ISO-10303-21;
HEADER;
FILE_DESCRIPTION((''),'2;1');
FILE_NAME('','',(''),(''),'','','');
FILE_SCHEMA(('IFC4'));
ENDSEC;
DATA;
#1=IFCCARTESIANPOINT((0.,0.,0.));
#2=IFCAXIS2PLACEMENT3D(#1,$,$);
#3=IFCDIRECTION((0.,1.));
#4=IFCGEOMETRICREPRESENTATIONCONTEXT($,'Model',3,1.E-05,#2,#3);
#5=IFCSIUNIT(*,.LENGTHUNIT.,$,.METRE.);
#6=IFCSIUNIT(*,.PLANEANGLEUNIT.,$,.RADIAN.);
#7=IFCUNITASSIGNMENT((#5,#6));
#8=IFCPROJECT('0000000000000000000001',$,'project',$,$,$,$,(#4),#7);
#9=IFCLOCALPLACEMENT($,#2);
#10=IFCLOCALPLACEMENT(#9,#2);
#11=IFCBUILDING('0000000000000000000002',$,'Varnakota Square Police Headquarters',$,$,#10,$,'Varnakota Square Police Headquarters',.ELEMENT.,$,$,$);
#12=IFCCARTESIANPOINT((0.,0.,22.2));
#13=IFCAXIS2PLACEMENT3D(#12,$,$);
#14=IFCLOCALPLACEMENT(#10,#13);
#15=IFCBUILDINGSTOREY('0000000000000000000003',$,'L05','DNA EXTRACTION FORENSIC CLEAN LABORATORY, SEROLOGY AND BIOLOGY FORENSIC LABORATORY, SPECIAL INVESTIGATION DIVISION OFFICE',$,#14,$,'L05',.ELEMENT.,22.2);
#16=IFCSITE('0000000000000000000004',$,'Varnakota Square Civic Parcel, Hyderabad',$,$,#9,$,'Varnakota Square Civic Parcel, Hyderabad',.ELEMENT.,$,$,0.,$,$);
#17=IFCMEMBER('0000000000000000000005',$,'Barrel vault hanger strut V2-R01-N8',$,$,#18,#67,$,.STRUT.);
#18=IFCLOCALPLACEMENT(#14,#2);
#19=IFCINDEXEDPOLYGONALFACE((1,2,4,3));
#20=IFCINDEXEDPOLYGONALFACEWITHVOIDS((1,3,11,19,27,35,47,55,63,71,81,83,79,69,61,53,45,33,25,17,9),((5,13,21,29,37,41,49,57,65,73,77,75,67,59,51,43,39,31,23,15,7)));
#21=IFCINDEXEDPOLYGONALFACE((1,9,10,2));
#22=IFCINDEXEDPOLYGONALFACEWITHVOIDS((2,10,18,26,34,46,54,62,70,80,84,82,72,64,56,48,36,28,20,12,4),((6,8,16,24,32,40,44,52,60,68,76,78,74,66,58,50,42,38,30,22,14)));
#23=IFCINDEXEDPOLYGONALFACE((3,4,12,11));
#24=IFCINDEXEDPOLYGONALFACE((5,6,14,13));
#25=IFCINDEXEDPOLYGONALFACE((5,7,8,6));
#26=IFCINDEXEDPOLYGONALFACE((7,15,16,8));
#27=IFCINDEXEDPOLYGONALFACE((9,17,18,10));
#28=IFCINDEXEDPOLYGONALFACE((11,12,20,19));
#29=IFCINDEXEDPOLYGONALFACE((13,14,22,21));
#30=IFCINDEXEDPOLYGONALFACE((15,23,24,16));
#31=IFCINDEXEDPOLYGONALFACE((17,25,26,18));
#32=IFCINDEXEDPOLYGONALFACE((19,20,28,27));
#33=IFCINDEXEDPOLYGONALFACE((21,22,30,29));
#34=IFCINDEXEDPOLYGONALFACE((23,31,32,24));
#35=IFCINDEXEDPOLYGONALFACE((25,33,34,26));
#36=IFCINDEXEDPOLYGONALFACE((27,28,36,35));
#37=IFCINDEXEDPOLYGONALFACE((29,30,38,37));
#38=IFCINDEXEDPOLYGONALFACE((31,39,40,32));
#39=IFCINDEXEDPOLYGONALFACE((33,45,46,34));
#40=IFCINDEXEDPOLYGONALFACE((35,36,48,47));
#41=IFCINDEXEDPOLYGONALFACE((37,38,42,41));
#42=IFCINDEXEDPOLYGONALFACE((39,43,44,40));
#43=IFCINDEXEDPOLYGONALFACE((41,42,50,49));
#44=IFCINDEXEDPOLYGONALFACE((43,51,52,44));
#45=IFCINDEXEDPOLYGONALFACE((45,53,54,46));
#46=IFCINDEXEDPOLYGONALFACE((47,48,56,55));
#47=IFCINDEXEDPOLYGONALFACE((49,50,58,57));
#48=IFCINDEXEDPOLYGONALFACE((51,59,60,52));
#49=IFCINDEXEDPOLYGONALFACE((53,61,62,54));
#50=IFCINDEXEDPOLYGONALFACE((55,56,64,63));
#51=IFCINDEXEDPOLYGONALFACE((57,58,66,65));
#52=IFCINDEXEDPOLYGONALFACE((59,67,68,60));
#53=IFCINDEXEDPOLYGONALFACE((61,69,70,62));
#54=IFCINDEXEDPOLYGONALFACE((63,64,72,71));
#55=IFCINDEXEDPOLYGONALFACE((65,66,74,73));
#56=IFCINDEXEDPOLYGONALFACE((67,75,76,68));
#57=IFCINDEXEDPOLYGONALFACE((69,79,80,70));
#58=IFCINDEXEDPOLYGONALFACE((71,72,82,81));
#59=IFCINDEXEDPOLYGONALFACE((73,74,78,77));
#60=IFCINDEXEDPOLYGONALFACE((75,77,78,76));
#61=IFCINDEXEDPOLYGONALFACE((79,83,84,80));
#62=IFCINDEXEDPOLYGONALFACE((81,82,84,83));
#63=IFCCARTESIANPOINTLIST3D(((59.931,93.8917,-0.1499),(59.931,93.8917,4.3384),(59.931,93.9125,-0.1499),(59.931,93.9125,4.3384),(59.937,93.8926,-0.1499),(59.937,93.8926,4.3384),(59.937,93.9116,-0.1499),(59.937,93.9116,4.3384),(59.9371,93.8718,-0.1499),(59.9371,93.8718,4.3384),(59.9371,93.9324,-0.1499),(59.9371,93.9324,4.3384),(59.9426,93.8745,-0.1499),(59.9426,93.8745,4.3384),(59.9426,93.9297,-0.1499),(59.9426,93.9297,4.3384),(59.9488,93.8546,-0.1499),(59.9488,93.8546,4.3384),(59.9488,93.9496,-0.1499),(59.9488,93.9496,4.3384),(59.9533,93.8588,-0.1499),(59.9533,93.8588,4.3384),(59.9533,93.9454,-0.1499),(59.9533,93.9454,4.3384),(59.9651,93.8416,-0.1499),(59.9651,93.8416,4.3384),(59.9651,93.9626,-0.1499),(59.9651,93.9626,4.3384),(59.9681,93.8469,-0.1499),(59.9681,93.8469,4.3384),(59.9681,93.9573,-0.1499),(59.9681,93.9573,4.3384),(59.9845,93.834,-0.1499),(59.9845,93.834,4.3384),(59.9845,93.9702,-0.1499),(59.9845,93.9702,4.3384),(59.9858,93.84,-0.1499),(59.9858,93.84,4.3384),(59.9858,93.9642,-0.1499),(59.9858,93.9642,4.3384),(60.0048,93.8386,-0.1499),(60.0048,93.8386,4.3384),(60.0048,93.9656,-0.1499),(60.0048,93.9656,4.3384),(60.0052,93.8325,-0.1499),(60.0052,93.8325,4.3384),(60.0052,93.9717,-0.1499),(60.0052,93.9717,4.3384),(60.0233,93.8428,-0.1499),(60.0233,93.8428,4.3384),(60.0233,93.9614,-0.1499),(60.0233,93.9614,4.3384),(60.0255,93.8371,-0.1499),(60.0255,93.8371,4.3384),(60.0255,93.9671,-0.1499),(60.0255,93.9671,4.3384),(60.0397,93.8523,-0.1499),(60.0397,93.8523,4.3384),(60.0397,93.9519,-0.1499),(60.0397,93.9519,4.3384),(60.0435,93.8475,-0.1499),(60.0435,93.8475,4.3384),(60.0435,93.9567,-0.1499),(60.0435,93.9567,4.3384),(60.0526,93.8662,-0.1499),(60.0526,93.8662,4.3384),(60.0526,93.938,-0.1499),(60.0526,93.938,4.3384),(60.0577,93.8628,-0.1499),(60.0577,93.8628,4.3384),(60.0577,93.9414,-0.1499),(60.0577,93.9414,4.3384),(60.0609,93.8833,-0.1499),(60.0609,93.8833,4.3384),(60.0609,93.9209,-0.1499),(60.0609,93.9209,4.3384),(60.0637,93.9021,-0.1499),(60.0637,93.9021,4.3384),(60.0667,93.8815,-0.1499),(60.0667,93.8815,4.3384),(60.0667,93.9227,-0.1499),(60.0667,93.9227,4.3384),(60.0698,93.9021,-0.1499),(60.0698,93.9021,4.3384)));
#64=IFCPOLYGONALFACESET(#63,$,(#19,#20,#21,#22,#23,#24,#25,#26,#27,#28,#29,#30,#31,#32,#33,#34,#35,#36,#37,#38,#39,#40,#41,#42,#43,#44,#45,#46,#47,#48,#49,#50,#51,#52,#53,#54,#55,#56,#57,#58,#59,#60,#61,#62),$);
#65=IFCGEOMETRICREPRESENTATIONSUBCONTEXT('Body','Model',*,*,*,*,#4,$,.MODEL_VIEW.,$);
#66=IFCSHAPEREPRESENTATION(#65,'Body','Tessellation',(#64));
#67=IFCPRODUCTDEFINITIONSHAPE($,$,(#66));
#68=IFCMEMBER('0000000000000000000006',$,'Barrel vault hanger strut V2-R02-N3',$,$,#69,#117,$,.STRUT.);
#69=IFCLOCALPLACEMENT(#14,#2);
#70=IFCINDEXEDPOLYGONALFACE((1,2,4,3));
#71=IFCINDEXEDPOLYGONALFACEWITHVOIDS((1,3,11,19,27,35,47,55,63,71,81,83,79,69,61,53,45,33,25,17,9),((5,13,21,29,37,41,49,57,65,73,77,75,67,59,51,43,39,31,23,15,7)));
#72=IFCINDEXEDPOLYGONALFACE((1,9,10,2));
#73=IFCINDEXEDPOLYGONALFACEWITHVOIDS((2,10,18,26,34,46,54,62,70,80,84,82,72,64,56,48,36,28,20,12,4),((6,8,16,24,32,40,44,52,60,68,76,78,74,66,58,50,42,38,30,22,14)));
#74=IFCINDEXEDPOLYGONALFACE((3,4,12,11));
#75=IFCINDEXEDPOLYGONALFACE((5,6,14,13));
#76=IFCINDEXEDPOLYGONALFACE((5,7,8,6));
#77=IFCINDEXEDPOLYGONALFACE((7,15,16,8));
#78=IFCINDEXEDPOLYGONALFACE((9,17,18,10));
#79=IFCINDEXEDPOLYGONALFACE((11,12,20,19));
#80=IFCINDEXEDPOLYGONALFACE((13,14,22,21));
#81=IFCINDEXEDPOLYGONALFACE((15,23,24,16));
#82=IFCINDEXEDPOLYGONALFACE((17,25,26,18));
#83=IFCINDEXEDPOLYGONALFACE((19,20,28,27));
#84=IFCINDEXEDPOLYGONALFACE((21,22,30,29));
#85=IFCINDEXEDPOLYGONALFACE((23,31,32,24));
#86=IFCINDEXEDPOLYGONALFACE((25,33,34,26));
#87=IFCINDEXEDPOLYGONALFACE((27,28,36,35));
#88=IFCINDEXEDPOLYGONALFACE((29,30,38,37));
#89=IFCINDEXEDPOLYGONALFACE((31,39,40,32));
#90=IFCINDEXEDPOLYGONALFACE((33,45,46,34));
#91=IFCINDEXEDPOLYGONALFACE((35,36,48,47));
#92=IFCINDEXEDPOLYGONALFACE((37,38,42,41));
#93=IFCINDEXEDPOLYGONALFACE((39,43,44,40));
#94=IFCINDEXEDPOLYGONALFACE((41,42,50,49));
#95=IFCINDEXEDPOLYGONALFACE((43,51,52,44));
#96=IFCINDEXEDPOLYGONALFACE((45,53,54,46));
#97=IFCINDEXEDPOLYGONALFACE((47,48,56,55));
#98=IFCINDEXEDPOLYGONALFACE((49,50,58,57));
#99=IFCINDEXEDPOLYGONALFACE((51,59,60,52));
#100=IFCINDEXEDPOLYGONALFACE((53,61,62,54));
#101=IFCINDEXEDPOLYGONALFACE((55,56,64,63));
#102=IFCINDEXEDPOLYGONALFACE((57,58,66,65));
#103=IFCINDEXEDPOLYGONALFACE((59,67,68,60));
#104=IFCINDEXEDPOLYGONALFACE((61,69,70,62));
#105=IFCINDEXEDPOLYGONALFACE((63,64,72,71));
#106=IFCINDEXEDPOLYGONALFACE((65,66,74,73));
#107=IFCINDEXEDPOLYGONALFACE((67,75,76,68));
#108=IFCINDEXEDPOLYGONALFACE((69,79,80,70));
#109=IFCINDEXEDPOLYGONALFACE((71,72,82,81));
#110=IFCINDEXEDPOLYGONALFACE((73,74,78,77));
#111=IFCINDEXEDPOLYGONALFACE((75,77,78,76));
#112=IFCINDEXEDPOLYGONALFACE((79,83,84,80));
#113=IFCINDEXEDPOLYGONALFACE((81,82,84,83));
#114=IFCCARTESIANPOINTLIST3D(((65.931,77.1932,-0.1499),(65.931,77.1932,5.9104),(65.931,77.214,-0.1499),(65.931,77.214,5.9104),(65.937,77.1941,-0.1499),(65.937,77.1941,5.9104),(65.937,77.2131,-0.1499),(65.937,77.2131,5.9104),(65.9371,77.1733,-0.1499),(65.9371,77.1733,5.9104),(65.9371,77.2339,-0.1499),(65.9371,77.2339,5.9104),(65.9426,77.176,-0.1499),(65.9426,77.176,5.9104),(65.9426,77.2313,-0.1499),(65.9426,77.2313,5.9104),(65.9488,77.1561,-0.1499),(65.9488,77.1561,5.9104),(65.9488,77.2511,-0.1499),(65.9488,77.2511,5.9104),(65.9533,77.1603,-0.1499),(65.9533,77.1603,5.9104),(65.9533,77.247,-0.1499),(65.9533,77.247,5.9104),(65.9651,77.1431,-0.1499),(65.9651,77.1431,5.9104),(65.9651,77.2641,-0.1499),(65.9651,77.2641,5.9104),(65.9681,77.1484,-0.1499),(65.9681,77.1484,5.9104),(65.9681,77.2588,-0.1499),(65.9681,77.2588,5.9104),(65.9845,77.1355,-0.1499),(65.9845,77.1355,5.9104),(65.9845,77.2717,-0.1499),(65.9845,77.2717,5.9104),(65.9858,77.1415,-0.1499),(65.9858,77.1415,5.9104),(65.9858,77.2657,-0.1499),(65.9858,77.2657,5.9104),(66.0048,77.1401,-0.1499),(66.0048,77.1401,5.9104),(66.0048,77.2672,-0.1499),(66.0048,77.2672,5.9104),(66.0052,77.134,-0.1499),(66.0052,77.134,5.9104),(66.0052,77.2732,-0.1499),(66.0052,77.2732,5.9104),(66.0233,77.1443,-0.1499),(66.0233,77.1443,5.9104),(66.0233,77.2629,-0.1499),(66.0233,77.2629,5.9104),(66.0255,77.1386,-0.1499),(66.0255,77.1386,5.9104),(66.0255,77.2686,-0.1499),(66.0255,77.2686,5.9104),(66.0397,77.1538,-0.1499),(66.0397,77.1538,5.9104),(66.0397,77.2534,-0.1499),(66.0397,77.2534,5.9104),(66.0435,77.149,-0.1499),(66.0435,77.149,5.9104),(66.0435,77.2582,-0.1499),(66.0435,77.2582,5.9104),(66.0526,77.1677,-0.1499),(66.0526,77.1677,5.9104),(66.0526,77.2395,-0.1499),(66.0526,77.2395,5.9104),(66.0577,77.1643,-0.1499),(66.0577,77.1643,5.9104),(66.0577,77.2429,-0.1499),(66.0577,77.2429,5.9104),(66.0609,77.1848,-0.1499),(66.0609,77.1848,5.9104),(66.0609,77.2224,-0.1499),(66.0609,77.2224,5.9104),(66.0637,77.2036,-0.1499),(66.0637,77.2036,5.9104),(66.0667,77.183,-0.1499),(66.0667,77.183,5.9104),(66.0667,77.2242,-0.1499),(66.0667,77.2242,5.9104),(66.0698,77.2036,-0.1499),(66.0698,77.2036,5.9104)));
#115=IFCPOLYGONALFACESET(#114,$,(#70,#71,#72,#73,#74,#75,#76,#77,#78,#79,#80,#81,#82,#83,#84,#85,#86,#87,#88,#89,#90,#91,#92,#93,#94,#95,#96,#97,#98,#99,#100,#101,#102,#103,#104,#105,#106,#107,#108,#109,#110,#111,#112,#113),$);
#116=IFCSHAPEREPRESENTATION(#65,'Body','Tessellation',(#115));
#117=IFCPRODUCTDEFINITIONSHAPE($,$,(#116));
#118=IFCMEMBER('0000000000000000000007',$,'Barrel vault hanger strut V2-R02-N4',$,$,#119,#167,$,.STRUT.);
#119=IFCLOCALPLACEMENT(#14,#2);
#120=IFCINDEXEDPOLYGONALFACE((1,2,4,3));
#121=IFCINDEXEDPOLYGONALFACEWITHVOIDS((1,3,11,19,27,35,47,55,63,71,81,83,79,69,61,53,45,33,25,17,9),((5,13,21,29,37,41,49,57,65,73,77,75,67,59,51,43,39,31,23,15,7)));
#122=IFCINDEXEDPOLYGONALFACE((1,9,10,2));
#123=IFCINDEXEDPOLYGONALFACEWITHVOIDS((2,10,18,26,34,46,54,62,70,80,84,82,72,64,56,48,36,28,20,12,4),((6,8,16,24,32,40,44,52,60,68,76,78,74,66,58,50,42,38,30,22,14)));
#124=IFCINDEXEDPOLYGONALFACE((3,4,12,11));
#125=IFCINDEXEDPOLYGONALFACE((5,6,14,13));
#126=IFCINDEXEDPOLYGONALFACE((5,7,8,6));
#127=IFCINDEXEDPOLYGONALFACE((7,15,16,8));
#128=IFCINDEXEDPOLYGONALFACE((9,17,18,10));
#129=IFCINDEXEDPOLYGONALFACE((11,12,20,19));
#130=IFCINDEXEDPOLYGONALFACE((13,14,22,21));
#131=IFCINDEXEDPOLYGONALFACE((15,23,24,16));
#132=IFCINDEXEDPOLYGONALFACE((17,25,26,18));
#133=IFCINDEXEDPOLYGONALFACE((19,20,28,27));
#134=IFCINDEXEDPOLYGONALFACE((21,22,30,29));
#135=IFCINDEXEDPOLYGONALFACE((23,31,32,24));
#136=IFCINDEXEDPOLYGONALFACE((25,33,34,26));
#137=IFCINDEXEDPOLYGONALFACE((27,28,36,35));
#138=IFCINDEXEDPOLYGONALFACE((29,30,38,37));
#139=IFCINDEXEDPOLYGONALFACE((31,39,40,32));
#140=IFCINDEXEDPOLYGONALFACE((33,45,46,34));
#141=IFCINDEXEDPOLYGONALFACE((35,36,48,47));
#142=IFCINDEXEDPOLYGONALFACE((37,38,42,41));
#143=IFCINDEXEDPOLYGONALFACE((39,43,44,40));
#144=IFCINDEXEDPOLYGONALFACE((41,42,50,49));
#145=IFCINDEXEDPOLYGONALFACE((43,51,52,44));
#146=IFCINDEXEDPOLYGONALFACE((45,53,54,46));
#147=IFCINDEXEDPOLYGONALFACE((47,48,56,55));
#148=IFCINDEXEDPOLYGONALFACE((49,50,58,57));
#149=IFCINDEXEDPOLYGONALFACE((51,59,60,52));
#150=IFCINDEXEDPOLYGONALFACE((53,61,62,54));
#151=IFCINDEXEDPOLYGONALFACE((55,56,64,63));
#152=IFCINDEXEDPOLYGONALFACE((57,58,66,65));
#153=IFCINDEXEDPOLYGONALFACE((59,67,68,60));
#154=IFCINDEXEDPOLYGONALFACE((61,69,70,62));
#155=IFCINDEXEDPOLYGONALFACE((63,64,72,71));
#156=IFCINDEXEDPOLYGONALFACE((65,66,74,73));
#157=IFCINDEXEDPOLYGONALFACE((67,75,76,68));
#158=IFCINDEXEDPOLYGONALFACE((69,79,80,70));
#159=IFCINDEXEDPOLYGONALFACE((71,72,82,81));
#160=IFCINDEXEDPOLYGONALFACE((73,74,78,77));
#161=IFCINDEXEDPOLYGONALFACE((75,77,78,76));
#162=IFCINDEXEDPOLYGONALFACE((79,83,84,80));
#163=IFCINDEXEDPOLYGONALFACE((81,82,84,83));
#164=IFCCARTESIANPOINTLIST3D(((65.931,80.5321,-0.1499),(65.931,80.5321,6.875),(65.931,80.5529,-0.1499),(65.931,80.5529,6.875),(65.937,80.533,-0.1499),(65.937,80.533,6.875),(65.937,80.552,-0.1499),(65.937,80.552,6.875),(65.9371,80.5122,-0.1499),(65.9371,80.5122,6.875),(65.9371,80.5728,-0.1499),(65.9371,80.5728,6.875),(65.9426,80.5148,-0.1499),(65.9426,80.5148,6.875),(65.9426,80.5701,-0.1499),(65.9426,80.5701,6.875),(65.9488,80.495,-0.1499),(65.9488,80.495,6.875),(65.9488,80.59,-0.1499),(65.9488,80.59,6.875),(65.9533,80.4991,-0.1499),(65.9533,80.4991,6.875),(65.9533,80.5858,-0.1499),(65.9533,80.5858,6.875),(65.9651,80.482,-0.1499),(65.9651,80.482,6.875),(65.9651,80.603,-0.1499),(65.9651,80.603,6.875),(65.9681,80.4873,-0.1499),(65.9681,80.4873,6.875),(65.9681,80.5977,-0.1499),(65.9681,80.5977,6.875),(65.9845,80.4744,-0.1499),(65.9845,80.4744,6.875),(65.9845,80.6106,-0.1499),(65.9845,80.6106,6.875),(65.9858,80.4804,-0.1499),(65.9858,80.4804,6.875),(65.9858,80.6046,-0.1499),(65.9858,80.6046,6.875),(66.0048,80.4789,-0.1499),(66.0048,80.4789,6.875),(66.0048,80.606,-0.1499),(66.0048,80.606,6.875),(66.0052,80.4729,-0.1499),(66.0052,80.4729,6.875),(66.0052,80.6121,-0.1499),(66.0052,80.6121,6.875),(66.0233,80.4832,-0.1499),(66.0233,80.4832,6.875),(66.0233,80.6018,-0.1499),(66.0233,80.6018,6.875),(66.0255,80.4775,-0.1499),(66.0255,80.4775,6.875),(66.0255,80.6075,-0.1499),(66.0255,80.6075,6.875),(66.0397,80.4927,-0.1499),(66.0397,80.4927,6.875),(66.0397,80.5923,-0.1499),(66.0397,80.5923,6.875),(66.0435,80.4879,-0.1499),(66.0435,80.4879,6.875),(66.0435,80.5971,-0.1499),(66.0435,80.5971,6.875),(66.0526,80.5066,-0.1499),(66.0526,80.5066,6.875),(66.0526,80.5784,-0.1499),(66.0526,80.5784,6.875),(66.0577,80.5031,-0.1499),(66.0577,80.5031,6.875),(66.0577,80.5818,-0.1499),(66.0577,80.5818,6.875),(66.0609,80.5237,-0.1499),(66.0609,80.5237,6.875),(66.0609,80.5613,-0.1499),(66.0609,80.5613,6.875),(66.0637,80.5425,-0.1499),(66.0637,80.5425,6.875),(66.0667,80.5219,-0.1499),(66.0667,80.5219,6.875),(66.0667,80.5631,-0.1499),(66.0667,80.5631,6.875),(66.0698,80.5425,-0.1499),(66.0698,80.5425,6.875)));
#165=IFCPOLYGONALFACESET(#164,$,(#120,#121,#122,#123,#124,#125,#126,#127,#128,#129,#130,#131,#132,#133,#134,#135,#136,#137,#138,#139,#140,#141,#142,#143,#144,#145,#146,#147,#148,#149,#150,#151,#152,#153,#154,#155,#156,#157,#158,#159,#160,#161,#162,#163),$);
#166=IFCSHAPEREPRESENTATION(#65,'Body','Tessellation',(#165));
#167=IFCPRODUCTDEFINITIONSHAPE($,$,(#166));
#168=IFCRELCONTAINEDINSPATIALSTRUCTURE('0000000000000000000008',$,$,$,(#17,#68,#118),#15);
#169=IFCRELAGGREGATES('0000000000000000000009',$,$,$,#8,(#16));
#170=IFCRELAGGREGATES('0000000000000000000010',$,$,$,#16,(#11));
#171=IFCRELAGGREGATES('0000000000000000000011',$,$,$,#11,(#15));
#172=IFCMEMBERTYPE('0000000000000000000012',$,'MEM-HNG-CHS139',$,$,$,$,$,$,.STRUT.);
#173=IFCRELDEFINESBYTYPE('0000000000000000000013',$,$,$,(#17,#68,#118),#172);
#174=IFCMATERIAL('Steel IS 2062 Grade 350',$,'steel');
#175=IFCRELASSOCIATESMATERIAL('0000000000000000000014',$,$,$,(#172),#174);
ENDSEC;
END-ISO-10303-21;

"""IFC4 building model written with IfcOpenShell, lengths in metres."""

from ifc_helpers import new_model, si_unit, direction, frame, origin, origin_2d, place, context, subcontext, project, spatial, hollow_circle, extrude, material, material_profile, profile_set, type_object, element, save


model = new_model("IFC4")

# Units and contexts
model_context = context("Model", 3, precision=1e-05, world=origin(), true_north=direction((0.0, 1.0)))
body_context = subcontext(model_context, "Body", "Model", "MODEL_VIEW")
ifc_project = project(units=[si_unit("LENGTHUNIT", "METRE"), si_unit("PLANEANGLEUNIT", "RADIAN")], contexts=[model_context])

# Site, building, storey
site_placement = place(None, origin())
site = spatial("IfcSite", under=ifc_project, at=site_placement, Name="Varnakota Square Civic Parcel, Hyderabad", LongName="Varnakota Square Civic Parcel, Hyderabad", CompositionType="ELEMENT", RefElevation=0.0)
building_placement = place(site_placement, origin())
building = spatial("IfcBuilding", under=site, at=building_placement, Name="Varnakota Square Police Headquarters", LongName="Varnakota Square Police Headquarters", CompositionType="ELEMENT")
storey_placement = place(building_placement, frame((0.0, 0.0, 22.2)))
storey = spatial("IfcBuildingStorey", under=building, at=storey_placement, Name="L05", Description="DNA EXTRACTION FORENSIC CLEAN LABORATORY, SEROLOGY AND BIOLOGY FORENSIC LABORATORY, SPECIAL INVESTIGATION DIVISION OFFICE", LongName="L05", CompositionType="ELEMENT", Elevation=22.2)

# Shared definitions
ifc_material_1 = material(Name="Steel IS 2062 Grade 350", Category="steel")

# Members
ifc_material_profile_1 = material_profile(ifc_material_1, hollow_circle(Radius=0.0698, WallThickness=0.0061, at=origin_2d()), Name="CHS 139.7x6.0")
ifc_profile_set_1 = profile_set([ifc_material_profile_1], Name="Steel IS 2062 Grade 350")
member_type = type_object("IfcMemberType", Name="MEM-HNG-CHS139", PredefinedType="STRUT", material=ifc_profile_set_1)
member_1_placement = place(storey_placement, frame((60.0, 93.9021, -0.1499), z_axis=(0.0, 0.0, 1.0), x_axis=(1.0, 0.0, 0.0)))
element("IfcMember", 1, at=member_1_placement, inside=storey, type_object=member_type, Name="Barrel vault hanger strut V2-R01-N8", PredefinedType="STRUT", context=body_context, shape_type="SweptSolid", body=[
    extrude(hollow_circle(Radius=0.0698, WallThickness=0.0061, at=origin_2d()), origin(), (0.0, 0.0, 1.0), 4.4883),
])
member_2_placement = place(storey_placement, frame((66.0, 77.2036, -0.1499), z_axis=(0.0, 0.0, 1.0), x_axis=(1.0, 0.0, 0.0)))
element("IfcMember", 2, at=member_2_placement, inside=storey, type_object=member_type, Name="Barrel vault hanger strut V2-R02-N3", PredefinedType="STRUT", context=body_context, shape_type="SweptSolid", body=[
    extrude(hollow_circle(Radius=0.0698, WallThickness=0.0061, at=origin_2d()), origin(), (0.0, 0.0, 1.0), 6.0603),
])
member_3_placement = place(storey_placement, frame((66.0, 80.5425, -0.1499), z_axis=(0.0, 0.0, 1.0), x_axis=(1.0, 0.0, 0.0)))
element("IfcMember", 3, at=member_3_placement, inside=storey, type_object=member_type, Name="Barrel vault hanger strut V2-R02-N4", PredefinedType="STRUT", context=body_context, shape_type="SweptSolid", body=[
    extrude(hollow_circle(Radius=0.0698, WallThickness=0.0061, at=origin_2d()), origin(), (0.0, 0.0, 1.0), 7.0249),
])

save(model, "model.ifc")
